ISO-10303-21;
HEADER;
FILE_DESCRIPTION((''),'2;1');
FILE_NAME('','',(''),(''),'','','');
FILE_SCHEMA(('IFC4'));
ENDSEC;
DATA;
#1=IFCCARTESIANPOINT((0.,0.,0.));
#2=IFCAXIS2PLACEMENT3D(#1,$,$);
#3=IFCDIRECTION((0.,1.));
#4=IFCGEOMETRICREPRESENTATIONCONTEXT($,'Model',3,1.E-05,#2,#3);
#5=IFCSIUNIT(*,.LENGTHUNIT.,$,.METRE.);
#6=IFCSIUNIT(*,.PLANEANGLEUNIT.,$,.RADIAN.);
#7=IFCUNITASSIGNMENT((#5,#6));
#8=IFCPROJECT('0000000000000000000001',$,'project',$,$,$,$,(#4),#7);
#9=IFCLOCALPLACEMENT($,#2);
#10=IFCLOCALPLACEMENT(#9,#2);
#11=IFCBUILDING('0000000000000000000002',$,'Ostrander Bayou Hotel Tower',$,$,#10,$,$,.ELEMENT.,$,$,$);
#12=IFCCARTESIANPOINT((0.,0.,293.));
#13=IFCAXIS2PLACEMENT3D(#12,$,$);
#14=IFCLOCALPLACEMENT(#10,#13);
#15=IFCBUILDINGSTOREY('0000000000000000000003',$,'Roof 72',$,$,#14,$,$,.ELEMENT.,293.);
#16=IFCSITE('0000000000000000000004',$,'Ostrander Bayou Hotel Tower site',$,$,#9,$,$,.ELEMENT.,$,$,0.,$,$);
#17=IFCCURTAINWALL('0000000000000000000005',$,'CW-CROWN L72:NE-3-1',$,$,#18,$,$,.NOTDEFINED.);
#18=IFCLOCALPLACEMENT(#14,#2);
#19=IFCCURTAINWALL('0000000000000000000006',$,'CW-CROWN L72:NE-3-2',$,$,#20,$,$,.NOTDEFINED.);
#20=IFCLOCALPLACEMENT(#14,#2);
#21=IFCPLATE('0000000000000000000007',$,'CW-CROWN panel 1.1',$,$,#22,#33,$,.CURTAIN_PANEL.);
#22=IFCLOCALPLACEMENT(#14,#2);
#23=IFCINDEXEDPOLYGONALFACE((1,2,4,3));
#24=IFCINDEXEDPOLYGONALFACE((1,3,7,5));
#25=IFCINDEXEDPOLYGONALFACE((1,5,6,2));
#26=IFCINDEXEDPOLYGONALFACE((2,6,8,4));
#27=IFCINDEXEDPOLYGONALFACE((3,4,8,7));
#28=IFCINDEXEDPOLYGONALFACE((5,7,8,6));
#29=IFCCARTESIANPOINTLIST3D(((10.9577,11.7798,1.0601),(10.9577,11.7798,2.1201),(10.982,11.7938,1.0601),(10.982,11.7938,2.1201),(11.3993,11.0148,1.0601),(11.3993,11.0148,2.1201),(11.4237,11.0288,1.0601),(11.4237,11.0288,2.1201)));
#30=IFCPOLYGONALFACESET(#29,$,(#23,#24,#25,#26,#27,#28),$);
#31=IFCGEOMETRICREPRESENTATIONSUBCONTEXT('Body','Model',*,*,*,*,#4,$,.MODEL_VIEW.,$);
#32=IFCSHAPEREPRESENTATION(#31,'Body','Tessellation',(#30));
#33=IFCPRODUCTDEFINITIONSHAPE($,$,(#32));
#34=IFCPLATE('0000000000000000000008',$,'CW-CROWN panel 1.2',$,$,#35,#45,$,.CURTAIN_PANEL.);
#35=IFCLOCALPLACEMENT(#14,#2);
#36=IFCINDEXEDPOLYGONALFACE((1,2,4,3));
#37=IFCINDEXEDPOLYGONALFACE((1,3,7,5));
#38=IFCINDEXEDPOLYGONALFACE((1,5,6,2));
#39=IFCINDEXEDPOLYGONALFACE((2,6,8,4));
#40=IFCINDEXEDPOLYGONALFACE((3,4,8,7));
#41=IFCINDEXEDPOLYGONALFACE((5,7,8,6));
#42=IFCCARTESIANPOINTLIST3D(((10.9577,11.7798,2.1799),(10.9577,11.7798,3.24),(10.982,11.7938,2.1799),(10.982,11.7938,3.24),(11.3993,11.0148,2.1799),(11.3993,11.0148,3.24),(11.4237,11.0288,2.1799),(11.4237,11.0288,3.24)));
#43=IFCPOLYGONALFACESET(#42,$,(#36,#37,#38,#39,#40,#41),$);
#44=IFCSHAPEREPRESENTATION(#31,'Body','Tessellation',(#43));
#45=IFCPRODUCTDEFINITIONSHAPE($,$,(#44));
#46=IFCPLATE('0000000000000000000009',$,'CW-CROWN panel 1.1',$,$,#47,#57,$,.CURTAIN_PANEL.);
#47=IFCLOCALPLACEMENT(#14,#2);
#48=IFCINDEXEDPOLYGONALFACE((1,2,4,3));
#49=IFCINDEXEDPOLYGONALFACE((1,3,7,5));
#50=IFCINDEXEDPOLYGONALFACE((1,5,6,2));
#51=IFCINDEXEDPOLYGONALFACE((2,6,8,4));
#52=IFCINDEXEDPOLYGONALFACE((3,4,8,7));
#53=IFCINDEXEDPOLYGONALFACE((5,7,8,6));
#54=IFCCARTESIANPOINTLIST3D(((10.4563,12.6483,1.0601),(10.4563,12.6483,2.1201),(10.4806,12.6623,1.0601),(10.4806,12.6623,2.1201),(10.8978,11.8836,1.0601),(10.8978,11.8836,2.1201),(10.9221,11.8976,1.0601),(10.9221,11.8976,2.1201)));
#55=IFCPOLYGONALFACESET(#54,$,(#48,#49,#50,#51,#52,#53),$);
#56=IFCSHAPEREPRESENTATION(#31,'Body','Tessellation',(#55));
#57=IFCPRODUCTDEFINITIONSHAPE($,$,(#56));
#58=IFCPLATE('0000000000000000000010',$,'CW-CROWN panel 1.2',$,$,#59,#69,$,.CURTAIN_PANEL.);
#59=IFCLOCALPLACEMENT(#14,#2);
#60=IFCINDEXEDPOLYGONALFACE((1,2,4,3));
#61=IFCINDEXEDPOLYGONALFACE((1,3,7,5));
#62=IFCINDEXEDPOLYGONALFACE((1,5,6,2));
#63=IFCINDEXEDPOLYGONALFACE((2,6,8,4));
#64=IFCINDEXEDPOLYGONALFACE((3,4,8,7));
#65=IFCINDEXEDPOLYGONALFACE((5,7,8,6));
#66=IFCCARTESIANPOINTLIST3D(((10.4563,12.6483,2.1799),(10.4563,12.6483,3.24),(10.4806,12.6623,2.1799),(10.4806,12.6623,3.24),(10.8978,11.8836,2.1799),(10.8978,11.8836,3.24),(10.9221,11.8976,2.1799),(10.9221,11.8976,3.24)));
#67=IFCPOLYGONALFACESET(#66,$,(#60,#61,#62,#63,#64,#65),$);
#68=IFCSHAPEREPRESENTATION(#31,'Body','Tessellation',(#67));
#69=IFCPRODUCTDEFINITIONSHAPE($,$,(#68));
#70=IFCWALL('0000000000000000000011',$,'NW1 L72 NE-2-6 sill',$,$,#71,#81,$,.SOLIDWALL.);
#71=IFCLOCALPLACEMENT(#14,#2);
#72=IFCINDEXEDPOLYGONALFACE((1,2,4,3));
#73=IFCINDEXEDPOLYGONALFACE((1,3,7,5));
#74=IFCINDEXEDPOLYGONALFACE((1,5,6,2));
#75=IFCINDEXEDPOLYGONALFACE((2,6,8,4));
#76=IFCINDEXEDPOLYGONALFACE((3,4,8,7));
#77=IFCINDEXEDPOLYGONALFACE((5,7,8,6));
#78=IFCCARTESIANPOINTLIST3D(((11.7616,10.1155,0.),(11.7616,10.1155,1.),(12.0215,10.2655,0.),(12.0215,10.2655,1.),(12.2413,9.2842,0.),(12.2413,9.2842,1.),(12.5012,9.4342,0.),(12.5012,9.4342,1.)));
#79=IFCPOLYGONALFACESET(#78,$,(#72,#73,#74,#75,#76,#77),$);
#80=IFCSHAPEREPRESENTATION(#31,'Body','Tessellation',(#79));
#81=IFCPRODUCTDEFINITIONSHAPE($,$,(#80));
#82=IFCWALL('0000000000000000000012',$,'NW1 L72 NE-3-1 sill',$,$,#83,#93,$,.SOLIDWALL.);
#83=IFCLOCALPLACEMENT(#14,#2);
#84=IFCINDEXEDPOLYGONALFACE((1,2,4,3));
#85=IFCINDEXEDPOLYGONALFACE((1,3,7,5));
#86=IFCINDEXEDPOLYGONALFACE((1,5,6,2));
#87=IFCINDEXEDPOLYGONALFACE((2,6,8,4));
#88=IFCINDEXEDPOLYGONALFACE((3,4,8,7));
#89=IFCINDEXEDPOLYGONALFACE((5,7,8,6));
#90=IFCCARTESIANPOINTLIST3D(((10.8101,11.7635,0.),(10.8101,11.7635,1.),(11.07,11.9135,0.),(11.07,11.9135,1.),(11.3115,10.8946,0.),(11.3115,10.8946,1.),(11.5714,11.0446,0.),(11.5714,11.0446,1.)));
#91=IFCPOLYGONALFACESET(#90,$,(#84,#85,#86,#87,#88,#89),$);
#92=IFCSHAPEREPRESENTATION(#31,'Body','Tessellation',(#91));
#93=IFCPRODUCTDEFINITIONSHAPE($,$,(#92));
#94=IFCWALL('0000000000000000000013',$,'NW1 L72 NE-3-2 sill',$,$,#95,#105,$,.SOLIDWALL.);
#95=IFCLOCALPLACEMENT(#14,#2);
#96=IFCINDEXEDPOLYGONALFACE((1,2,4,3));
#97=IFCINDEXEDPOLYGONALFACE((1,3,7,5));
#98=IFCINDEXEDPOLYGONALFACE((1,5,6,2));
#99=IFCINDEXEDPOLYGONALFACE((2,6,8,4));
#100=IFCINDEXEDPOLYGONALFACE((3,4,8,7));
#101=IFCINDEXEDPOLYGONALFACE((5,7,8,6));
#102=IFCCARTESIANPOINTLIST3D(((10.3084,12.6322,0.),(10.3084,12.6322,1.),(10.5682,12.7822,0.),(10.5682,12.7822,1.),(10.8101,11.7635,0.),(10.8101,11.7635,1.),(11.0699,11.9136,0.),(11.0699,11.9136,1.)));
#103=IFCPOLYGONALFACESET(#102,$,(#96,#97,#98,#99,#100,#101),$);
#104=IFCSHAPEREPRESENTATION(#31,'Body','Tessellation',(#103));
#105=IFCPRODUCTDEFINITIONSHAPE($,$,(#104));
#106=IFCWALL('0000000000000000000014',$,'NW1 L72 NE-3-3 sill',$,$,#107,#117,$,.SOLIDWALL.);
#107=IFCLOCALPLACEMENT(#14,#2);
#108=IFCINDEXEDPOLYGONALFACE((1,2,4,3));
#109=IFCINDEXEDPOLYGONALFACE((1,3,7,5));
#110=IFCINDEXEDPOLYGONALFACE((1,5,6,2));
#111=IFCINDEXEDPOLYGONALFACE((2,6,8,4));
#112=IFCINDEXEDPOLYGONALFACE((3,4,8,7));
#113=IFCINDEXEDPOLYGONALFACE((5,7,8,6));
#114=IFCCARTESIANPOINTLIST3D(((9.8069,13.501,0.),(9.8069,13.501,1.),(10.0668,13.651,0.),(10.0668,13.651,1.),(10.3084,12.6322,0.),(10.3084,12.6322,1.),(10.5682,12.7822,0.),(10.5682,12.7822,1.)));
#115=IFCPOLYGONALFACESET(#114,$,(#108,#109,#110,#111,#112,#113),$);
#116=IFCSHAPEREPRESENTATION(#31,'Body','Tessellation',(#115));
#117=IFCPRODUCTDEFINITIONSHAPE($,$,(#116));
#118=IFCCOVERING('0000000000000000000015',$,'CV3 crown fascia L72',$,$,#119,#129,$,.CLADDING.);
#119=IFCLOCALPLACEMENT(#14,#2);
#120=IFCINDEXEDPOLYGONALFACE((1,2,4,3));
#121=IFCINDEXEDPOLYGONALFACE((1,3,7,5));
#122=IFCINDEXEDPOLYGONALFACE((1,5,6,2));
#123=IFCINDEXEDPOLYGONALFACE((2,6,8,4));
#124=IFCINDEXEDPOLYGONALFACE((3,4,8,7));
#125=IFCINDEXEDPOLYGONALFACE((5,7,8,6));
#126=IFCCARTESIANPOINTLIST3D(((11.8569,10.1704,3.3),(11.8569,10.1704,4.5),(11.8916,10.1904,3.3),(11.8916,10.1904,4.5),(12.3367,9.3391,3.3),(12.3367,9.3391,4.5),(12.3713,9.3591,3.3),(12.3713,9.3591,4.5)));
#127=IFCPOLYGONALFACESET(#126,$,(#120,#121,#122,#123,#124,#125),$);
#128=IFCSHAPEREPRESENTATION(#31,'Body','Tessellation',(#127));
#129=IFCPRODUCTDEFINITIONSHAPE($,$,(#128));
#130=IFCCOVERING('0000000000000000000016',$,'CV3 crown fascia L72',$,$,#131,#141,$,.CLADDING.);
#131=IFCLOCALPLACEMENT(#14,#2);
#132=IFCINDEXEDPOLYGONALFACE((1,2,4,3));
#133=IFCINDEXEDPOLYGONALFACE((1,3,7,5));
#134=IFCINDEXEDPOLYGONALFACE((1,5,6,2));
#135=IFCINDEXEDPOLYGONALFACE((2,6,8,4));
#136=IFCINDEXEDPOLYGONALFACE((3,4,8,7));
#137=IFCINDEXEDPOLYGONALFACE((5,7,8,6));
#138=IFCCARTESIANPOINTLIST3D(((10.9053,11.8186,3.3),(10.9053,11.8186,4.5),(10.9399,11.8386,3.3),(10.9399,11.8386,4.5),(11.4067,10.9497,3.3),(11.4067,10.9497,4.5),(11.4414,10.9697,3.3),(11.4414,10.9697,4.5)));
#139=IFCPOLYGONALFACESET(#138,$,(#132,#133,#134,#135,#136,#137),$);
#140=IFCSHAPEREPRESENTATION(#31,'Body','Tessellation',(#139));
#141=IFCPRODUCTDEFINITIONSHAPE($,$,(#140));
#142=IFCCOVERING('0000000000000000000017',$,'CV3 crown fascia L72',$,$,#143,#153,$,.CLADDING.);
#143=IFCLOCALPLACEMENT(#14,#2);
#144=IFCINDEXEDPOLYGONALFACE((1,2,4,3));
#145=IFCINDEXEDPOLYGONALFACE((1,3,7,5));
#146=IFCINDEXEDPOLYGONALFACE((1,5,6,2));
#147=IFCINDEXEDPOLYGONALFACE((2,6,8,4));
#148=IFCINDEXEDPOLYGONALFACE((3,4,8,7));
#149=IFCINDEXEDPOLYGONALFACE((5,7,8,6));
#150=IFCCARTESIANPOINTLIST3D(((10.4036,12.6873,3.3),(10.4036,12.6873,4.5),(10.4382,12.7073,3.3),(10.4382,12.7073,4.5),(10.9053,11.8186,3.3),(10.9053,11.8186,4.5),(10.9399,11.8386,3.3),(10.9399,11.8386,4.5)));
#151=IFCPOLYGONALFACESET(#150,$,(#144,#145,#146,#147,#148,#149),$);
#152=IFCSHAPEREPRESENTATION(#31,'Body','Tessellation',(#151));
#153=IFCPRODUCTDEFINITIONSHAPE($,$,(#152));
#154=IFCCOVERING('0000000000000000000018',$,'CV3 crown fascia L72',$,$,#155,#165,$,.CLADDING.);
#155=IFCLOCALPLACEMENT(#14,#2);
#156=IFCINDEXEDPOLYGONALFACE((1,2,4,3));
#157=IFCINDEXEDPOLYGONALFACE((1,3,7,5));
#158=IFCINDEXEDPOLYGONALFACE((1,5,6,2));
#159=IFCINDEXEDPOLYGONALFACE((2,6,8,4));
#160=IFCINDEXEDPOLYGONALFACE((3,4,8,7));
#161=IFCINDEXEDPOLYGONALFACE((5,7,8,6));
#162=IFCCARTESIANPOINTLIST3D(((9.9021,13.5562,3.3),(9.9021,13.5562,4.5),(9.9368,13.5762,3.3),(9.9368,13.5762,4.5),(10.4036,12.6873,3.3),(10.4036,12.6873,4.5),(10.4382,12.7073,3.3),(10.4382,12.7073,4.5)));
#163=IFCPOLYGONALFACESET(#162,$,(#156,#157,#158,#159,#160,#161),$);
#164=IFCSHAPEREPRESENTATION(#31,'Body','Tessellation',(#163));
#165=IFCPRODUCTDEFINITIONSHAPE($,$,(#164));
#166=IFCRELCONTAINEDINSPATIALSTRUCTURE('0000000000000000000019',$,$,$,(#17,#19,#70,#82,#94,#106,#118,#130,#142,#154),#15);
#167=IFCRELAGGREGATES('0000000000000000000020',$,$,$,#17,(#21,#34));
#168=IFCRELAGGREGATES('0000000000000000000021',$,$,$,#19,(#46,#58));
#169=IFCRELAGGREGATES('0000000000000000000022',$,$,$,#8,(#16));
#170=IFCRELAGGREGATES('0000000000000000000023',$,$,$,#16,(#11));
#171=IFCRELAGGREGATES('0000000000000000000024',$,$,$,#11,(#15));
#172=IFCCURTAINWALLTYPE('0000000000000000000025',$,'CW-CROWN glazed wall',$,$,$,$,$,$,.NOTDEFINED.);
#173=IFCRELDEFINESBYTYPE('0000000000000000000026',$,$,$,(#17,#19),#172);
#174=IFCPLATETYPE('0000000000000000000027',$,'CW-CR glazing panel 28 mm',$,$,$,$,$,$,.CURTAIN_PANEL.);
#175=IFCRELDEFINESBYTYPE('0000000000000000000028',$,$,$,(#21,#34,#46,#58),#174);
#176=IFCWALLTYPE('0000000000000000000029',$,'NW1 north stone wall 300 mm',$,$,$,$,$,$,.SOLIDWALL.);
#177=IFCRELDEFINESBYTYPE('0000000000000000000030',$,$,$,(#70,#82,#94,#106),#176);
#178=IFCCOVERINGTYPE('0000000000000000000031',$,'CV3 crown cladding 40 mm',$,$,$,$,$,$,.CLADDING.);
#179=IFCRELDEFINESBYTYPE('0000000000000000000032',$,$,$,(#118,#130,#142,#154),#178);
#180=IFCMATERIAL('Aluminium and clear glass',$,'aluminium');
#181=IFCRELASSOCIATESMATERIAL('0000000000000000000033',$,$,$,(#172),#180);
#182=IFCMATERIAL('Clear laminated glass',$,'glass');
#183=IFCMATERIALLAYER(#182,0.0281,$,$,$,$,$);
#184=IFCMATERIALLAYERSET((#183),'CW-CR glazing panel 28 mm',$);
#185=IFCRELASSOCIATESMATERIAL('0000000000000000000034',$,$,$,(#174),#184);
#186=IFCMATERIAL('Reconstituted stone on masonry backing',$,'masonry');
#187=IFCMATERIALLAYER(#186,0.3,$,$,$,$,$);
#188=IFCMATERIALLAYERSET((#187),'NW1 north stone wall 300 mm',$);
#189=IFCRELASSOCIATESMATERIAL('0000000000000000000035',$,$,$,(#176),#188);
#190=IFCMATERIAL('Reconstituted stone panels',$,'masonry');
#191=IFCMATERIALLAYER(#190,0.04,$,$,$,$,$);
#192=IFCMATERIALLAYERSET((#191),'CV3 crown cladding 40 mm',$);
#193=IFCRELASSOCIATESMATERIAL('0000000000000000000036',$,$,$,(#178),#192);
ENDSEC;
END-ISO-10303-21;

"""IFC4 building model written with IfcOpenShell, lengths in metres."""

from ifc_helpers import new_model, si_unit, direction, frame, frame_2d, origin, origin_2d, place, context, subcontext, project, spatial, polyline, rectangle, outline, extrude, material, layer, layer_set, type_object, element, aggregate, save


model = new_model("IFC4")

# Units and contexts
model_context = context("Model", 3, precision=1e-05, world=origin(), true_north=direction((0.0, 1.0)))
body_context = subcontext(model_context, "Body", "Model", "MODEL_VIEW")
ifc_project = project(units=[si_unit("LENGTHUNIT", "METRE"), si_unit("PLANEANGLEUNIT", "RADIAN")], contexts=[model_context])

# Site, building, storey
site_placement = place(None, origin())
site = spatial("IfcSite", under=ifc_project, at=site_placement, Name="Ostrander Bayou Hotel Tower site", CompositionType="ELEMENT", RefElevation=0.0)
building_placement = place(site_placement, origin())
building = spatial("IfcBuilding", under=site, at=building_placement, Name="Ostrander Bayou Hotel Tower", CompositionType="ELEMENT")
storey_placement = place(building_placement, frame((0.0, 0.0, 293.0)))
storey = spatial("IfcBuildingStorey", under=building, at=storey_placement, Name="Roof 72", CompositionType="ELEMENT", Elevation=293.0)

# Shared definitions
ifc_material_1 = material(Name="Aluminium and clear glass", Category="aluminium")
curtain_wall_type = type_object("IfcCurtainWallType", Name="CW-CROWN glazed wall", PredefinedType="NOTDEFINED", material=ifc_material_1)

# Curtain walls
curtain_wall_1_placement = place(storey_placement, origin())
curtain_wall_1 = element("IfcCurtainWall", 1, at=curtain_wall_1_placement, inside=storey, type_object=curtain_wall_type, Name="CW-CROWN L72:NE-3-1", PredefinedType="NOTDEFINED")
curtain_wall_2_placement = place(storey_placement, origin())
curtain_wall_2 = element("IfcCurtainWall", 2, at=curtain_wall_2_placement, inside=storey, type_object=curtain_wall_type, Name="CW-CROWN L72:NE-3-2", PredefinedType="NOTDEFINED")

# Plates
ifc_material_2 = material(Name="Clear laminated glass", Category="glass")
ifc_layer_1 = layer(ifc_material_2, 0.0281)
ifc_layer_set_1 = layer_set([ifc_layer_1], Name="CW-CR glazing panel 28 mm")
plate_type = type_object("IfcPlateType", Name="CW-CR glazing panel 28 mm", PredefinedType="CURTAIN_PANEL", material=ifc_layer_set_1)
plate_1_placement = place(storey_placement, frame((11.1907, 11.4043, 1.0601), z_axis=(0.0, 0.0, 1.0), x_axis=(-0.499999, 0.866026, 0.0)))
plate_1 = element("IfcPlate", 3, at=plate_1_placement, type_object=plate_type, Name="CW-CROWN panel 1.1", PredefinedType="CURTAIN_PANEL", context=body_context, shape_type="SweptSolid", body=[
    extrude(rectangle(XDim=0.8833, YDim=0.0281, at=origin_2d()), origin(), (0.0, 0.0, 1.0), 1.0601),
])
plate_2_placement = place(storey_placement, frame((11.1907, 11.4043, 2.1799), z_axis=(0.0, 0.0, 1.0), x_axis=(-0.499999, 0.866026, 0.0)))
plate_2 = element("IfcPlate", 4, at=plate_2_placement, type_object=plate_type, Name="CW-CROWN panel 1.2", PredefinedType="CURTAIN_PANEL", context=body_context, shape_type="SweptSolid", body=[
    extrude(rectangle(XDim=0.8833, YDim=0.0281, at=origin_2d()), origin(), (0.0, 0.0, 1.0), 1.0601),
])
aggregate(curtain_wall_1, [plate_1, plate_2])
plate_3_placement = place(storey_placement, frame((10.6892, 12.2729, 1.0601), z_axis=(0.0, 0.0, 1.0), x_axis=(-0.500042, 0.866001, 0.0)))
plate_3 = element("IfcPlate", 5, at=plate_3_placement, type_object=plate_type, Name="CW-CROWN panel 1.1", PredefinedType="CURTAIN_PANEL", context=body_context, shape_type="SweptSolid", body=[
    extrude(rectangle(XDim=0.8831, YDim=0.0281, at=origin_2d()), origin(), (0.0, 0.0, 1.0), 1.0601),
])
plate_4_placement = place(storey_placement, frame((10.6892, 12.2729, 2.1799), z_axis=(0.0, 0.0, 1.0), x_axis=(-0.500042, 0.866001, 0.0)))
plate_4 = element("IfcPlate", 6, at=plate_4_placement, type_object=plate_type, Name="CW-CROWN panel 1.2", PredefinedType="CURTAIN_PANEL", context=body_context, shape_type="SweptSolid", body=[
    extrude(rectangle(XDim=0.8831, YDim=0.0281, at=origin_2d()), origin(), (0.0, 0.0, 1.0), 1.0601),
])
aggregate(curtain_wall_2, [plate_3, plate_4])

# Walls
ifc_material_3 = material(Name="Reconstituted stone on masonry backing", Category="masonry")
ifc_layer_2 = layer(ifc_material_3, 0.3)
ifc_layer_set_2 = layer_set([ifc_layer_2], Name="NW1 north stone wall 300 mm")
wall_type = type_object("IfcWallType", Name="NW1 north stone wall 300 mm", PredefinedType="SOLIDWALL", material=ifc_layer_set_2)
wall_placement = place(storey_placement, frame((12.3713, 9.3591, 0.0), z_axis=(0.0, 0.0, 1.0), x_axis=(-0.499833, 0.866122, 0.0)))
element("IfcWall", 7, at=wall_placement, inside=storey, type_object=wall_type, Name="NW1 L72 NE-2-6 sill", PredefinedType="SOLIDWALL", context=body_context, shape_type="SweptSolid", body=[
    extrude(rectangle(XDim=0.9597, YDim=0.3, at=frame_2d((0.48, 0.0))), origin(), (0.0, 0.0, 1.0), 1.0),
])
for number, where, z_axis, x_axis, name in (
    (8, (11.4414, 10.9697, 0.0), (0.0, 0.0, 1.0), (-0.499856, 0.866109, 0.0), "NW1 L72 NE-3-1 sill"),
    (9, (10.9399, 11.8386, 0.0), (0.0, 0.0, 1.0), (-0.500144, 0.865942, 0.0), "NW1 L72 NE-3-2 sill"),
    (10, (10.4382, 12.7073, 0.0), (0.0, 0.0, 1.0), (-0.499856, 0.866109, 0.0), "NW1 L72 NE-3-3 sill"),
):
    element("IfcWall", number, at=place(storey_placement, frame(where, z_axis=z_axis, x_axis=x_axis)), inside=storey, type_object=wall_type, Name=name, PredefinedType="SOLIDWALL", context=body_context, shape_type="SweptSolid", body=[
        extrude(rectangle(XDim=1.0032, YDim=0.3, at=frame_2d((0.5015, 0.0))), origin(), (0.0, 0.0, 1.0), 1.0),
    ])

# Coverings
ifc_material_4 = material(Name="Reconstituted stone panels", Category="masonry")
ifc_layer_3 = layer(ifc_material_4, 0.04)
ifc_layer_set_3 = layer_set([ifc_layer_3], Name="CV3 crown cladding 40 mm")
covering_type = type_object("IfcCoveringType", Name="CV3 crown cladding 40 mm", PredefinedType="CLADDING", material=ifc_layer_set_3)
covering_1_placement = place(storey_placement, frame((12.3713, 9.3591, 3.3), z_axis=(0.866122, 0.499833, 0.0), x_axis=(-0.499833, 0.866122, 0.0)))
element("IfcCovering", 11, at=covering_1_placement, inside=storey, type_object=covering_type, Name="CV3 crown fascia L72", PredefinedType="CLADDING", context=body_context, shape_type="SweptSolid", body=[
    extrude(outline(polyline([(0.0, 0.0), (0.9598, 0.0), (0.9598, 1.2), (0.0, 1.2), (0.0, 0.0)])), origin(), (0.0, 0.0, -1.0), 0.04),
])
covering_2_placement = place(storey_placement, frame((11.4414, 10.9697, 3.3), z_axis=(0.866109, 0.499856, 0.0), x_axis=(-0.499856, 0.866109, 0.0)))
element("IfcCovering", 12, at=covering_2_placement, inside=storey, type_object=covering_type, Name="CV3 crown fascia L72", PredefinedType="CLADDING", context=body_context, shape_type="SweptSolid", body=[
    extrude(outline(polyline([(0.0, 0.0), (1.0032, 0.0), (1.0032, 1.2), (0.0, 1.2), (0.0, 0.0)])), origin(), (0.0, 0.0, -1.0), 0.04),
])
covering_3_placement = place(storey_placement, frame((10.9399, 11.8386, 3.3), z_axis=(0.865942, 0.500144, 0.0), x_axis=(-0.500144, 0.865942, 0.0)))
element("IfcCovering", 13, at=covering_3_placement, inside=storey, type_object=covering_type, Name="CV3 crown fascia L72", PredefinedType="CLADDING", context=body_context, shape_type="SweptSolid", body=[
    extrude(outline(polyline([(0.0, 0.0), (1.0031, 0.0), (1.0031, 1.2), (0.0, 1.2), (0.0, 0.0)])), origin(), (0.0, 0.0, -1.0), 0.04),
])
covering_4_placement = place(storey_placement, frame((10.4382, 12.7073, 3.3), z_axis=(0.866109, 0.499856, 0.0), x_axis=(-0.499856, 0.866109, 0.0)))
element("IfcCovering", 14, at=covering_4_placement, inside=storey, type_object=covering_type, Name="CV3 crown fascia L72", PredefinedType="CLADDING", context=body_context, shape_type="SweptSolid", body=[
    extrude(outline(polyline([(0.0, 0.0), (1.0032, 0.0), (1.0032, 1.2), (0.0, 1.2), (0.0, 0.0)])), origin(), (0.0, 0.0, -1.0), 0.04),
])

save(model, "model.ifc")
